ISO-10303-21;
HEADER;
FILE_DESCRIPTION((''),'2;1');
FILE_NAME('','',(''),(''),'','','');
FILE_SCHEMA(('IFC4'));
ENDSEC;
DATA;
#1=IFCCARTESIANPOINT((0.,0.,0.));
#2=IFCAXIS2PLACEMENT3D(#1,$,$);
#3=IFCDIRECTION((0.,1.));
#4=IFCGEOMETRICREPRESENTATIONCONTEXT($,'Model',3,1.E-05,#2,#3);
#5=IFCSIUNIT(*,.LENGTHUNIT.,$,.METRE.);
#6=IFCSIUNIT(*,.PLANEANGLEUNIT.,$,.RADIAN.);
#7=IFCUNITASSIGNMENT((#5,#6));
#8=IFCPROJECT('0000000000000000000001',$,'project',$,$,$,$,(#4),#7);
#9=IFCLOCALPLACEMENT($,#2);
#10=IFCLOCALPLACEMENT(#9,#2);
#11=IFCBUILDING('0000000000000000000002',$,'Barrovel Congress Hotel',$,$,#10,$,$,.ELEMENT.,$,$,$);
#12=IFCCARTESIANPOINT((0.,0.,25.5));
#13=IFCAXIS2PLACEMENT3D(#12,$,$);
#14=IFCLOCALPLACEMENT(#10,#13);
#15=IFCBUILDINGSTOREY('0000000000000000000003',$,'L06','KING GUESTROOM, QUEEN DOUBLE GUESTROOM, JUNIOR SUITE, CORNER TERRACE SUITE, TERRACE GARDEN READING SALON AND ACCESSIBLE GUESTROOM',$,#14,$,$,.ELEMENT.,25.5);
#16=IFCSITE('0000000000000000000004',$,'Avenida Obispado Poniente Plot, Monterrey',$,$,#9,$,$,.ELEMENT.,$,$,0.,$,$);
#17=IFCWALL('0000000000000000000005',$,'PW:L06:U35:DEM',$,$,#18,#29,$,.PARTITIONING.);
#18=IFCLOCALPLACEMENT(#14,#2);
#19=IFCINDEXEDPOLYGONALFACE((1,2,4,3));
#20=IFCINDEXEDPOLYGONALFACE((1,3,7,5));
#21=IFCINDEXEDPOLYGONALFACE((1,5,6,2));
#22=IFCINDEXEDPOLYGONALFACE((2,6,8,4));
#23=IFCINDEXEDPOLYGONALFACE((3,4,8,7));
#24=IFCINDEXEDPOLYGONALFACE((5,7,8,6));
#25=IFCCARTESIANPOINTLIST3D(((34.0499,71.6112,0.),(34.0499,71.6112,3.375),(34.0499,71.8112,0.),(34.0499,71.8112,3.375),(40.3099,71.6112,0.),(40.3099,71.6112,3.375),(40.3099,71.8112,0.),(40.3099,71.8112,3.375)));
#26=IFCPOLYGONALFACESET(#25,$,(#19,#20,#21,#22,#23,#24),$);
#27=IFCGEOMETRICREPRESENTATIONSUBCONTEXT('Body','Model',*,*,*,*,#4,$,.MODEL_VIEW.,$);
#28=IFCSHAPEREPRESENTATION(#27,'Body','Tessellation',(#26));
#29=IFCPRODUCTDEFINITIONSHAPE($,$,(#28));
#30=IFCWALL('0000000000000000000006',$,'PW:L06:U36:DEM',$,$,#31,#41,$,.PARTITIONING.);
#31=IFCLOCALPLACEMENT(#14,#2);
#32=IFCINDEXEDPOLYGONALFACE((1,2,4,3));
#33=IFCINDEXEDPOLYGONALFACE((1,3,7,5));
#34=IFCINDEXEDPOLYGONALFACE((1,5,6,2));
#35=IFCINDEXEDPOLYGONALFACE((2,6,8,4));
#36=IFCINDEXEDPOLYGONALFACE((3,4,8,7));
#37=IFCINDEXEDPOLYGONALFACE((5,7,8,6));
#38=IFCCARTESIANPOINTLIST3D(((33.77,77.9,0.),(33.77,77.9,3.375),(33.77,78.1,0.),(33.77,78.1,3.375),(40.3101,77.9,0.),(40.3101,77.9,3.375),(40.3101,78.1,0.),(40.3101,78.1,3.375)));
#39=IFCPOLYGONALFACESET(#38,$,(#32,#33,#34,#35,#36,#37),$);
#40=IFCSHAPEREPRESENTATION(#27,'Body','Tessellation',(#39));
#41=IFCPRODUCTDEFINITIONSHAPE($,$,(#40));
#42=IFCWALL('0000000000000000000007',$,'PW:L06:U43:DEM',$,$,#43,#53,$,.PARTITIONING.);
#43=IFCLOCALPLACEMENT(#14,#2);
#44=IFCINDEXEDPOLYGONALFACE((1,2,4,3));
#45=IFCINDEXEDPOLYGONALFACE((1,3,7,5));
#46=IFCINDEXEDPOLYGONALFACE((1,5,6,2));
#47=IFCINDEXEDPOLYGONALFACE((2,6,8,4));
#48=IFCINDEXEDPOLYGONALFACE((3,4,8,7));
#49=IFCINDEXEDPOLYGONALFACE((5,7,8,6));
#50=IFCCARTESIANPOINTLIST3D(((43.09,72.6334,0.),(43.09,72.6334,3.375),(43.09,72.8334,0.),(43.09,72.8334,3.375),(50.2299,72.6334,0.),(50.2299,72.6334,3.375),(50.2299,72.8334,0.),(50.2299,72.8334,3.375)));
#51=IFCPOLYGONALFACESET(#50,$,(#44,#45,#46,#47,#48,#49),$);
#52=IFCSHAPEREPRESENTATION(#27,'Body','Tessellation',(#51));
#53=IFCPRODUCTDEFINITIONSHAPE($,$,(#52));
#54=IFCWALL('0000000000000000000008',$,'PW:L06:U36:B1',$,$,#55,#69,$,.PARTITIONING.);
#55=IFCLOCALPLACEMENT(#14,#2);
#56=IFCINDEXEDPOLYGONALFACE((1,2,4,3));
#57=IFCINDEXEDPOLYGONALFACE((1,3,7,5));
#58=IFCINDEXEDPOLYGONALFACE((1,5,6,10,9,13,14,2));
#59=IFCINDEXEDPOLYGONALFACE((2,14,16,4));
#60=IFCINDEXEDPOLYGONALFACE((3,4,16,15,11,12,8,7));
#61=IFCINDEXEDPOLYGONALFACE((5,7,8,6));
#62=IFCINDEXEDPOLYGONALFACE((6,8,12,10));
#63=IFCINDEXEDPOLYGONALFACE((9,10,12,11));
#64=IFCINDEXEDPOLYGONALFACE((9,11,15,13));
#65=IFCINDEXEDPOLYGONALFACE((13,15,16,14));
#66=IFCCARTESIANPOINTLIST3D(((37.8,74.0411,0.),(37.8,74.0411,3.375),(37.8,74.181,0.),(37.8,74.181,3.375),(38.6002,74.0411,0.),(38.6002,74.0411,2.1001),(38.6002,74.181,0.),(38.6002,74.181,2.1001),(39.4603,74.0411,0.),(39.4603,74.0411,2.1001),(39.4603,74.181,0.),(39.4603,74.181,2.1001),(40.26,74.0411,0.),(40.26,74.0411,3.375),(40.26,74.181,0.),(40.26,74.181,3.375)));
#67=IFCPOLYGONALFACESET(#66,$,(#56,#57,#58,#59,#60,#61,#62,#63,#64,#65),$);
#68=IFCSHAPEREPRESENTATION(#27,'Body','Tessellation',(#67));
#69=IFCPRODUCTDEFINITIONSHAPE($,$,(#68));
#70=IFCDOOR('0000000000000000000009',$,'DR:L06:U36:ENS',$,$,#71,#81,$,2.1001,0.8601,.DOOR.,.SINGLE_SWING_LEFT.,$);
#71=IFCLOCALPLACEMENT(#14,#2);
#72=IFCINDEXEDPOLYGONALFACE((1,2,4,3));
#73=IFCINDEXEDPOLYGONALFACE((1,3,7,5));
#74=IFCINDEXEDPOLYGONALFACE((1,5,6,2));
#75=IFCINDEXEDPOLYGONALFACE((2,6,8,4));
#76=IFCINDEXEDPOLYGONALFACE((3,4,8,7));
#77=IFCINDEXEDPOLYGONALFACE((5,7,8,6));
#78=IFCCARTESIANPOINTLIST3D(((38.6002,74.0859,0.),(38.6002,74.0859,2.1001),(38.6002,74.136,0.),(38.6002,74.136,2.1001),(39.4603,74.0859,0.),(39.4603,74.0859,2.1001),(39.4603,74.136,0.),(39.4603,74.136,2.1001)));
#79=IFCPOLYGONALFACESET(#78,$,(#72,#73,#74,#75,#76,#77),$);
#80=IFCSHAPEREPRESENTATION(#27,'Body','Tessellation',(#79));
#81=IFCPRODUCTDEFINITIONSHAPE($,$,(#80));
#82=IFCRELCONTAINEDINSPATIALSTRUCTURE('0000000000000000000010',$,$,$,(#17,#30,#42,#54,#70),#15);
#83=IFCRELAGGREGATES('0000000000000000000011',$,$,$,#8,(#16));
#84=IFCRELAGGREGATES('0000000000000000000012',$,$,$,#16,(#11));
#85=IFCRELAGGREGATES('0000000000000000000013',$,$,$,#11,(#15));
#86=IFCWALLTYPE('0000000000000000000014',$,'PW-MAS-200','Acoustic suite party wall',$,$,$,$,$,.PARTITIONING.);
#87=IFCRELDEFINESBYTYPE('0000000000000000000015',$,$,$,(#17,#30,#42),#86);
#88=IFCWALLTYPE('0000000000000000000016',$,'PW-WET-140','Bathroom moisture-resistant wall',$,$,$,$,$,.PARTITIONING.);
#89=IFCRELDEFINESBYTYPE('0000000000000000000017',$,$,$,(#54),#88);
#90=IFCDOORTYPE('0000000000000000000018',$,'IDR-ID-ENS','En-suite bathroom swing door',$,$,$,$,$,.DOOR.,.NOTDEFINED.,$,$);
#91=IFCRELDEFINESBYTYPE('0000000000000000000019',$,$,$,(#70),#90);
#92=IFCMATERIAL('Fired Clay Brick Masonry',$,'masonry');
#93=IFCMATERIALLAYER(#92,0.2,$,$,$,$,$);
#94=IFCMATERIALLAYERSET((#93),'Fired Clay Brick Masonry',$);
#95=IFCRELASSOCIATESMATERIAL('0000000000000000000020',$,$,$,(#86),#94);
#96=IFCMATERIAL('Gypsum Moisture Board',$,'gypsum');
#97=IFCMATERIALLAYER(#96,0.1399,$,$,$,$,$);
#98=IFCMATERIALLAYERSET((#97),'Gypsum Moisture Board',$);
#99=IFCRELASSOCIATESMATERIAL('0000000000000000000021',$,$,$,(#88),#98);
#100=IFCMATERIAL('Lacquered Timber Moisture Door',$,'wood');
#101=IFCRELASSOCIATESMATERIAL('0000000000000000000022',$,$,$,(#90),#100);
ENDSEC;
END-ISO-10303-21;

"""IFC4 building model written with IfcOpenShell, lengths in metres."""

from ifc_helpers import new_model, si_unit, direction, frame, frame_2d, origin, place, context, subcontext, project, spatial, rectangle, extrude, material, layer, layer_set, type_object, element, fill, save


model = new_model("IFC4")

# Units and contexts
model_context = context("Model", 3, precision=1e-05, world=origin(), true_north=direction((0.0, 1.0)))
body_context = subcontext(model_context, "Body", "Model", "MODEL_VIEW")
ifc_project = project(units=[si_unit("LENGTHUNIT", "METRE"), si_unit("PLANEANGLEUNIT", "RADIAN")], contexts=[model_context])

# Site, building, storey
site_placement = place(None, origin())
site = spatial("IfcSite", under=ifc_project, at=site_placement, Name="Avenida Obispado Poniente Plot, Monterrey", CompositionType="ELEMENT", RefElevation=0.0)
building_placement = place(site_placement, origin())
building = spatial("IfcBuilding", under=site, at=building_placement, Name="Barrovel Congress Hotel", CompositionType="ELEMENT")
storey_placement = place(building_placement, frame((0.0, 0.0, 25.5)))
storey = spatial("IfcBuildingStorey", under=building, at=storey_placement, Name="L06", Description="KING GUESTROOM, QUEEN DOUBLE GUESTROOM, JUNIOR SUITE, CORNER TERRACE SUITE, TERRACE GARDEN READING SALON AND ACCESSIBLE GUESTROOM", CompositionType="ELEMENT", Elevation=25.5)

# Shared definitions
ifc_material_1 = material(Name="Fired Clay Brick Masonry", Category="masonry")

# Walls
ifc_layer_1 = layer(ifc_material_1, 0.2)
ifc_layer_set_1 = layer_set([ifc_layer_1], Name="Fired Clay Brick Masonry")
wall_type_1 = type_object("IfcWallType", Name="PW-MAS-200", Description="Acoustic suite party wall", PredefinedType="PARTITIONING", material=ifc_layer_set_1)
wall_1_placement = place(storey_placement, frame((34.05, 71.7112, 0.0), z_axis=(0.0, 0.0, 1.0), x_axis=(1.0, 0.0, 0.0)))
element("IfcWall", 1, at=wall_1_placement, inside=storey, type_object=wall_type_1, Name="PW:L06:U35:DEM", PredefinedType="PARTITIONING", context=body_context, shape_type="SweptSolid", body=[
    extrude(rectangle(XDim=6.26, YDim=0.2, at=frame_2d((3.1299, 0.0))), origin(), (0.0, 0.0, 1.0), 3.375),
])
wall_2_placement = place(storey_placement, frame((33.77, 78.0, 0.0), z_axis=(0.0, 0.0, 1.0), x_axis=(1.0, 0.0, 0.0)))
element("IfcWall", 2, at=wall_2_placement, inside=storey, type_object=wall_type_1, Name="PW:L06:U36:DEM", PredefinedType="PARTITIONING", context=body_context, shape_type="SweptSolid", body=[
    extrude(rectangle(XDim=6.54, YDim=0.2, at=frame_2d((3.27, 0.0))), origin(), (0.0, 0.0, 1.0), 3.375),
])
wall_3_placement = place(storey_placement, frame((43.0901, 72.7334, 0.0), z_axis=(0.0, 0.0, 1.0), x_axis=(1.0, 0.0, 0.0)))
element("IfcWall", 3, at=wall_3_placement, inside=storey, type_object=wall_type_1, Name="PW:L06:U43:DEM", PredefinedType="PARTITIONING", context=body_context, shape_type="SweptSolid", body=[
    extrude(rectangle(XDim=7.1399, YDim=0.2, at=frame_2d((3.5698, 0.0))), origin(), (0.0, 0.0, 1.0), 3.375),
])

# Wall, opening, door
ifc_material_2 = material(Name="Gypsum Moisture Board", Category="gypsum")
ifc_layer_2 = layer(ifc_material_2, 0.1399)
ifc_layer_set_2 = layer_set([ifc_layer_2], Name="Gypsum Moisture Board")
wall_type_2 = type_object("IfcWallType", Name="PW-WET-140", Description="Bathroom moisture-resistant wall", PredefinedType="PARTITIONING", material=ifc_layer_set_2)
wall_4_placement = place(storey_placement, frame((37.8, 74.1111, 0.0), z_axis=(0.0, 0.0, 1.0), x_axis=(1.0, 0.0, 0.0)))
wall_4 = element("IfcWall", 4, at=wall_4_placement, inside=storey, type_object=wall_type_2, Name="PW:L06:U36:B1", PredefinedType="PARTITIONING", context=body_context, shape_type="SweptSolid", body=[
    extrude(rectangle(XDim=2.46, YDim=0.1399, at=frame_2d((1.23, 0.0))), origin(), (0.0, 0.0, 1.0), 3.375),
])
opening_1_placement = place(wall_4_placement, frame((0.8, 0.0, 0.0)))
opening_1 = element("IfcOpeningElement", 5, at=opening_1_placement, cuts=wall_4, PredefinedType="OPENING", context=body_context, shape_type="SweptSolid", body=[
    extrude(rectangle(XDim=0.8601, YDim=2.1001, at=frame_2d((0.4302, 1.05))), frame((0.0, 0.0801, 0.0), z_axis=(0.0, -1.0, 0.0), x_axis=(1.0, 0.0, 0.0)), (0.0, 0.0, 1.0), 0.1599),
])
ifc_material_3 = material(Name="Lacquered Timber Moisture Door", Category="wood")
door_type_1 = type_object("IfcDoorType", Name="IDR-ID-ENS", Description="En-suite bathroom swing door", OperationType="NOTDEFINED", PredefinedType="DOOR", material=ifc_material_3)
door_1_placement = place(opening_1_placement, origin())
door_1 = element("IfcDoor", 6, at=door_1_placement, inside=storey, type_object=door_type_1, Name="DR:L06:U36:ENS", OperationType="SINGLE_SWING_LEFT", OverallHeight=2.1001, OverallWidth=0.8601, PredefinedType="DOOR", context=body_context, shape_type="SweptSolid", body=[
    extrude(rectangle(XDim=0.8601, YDim=2.1001, at=frame_2d((0.4302, 1.05))), frame((0.0, 0.0249, 0.0), z_axis=(0.0, -1.0, 0.0), x_axis=(1.0, 0.0, 0.0)), (0.0, 0.0, 1.0), 0.05),
])
fill(opening_1, door_1)

save(model, "model.ifc")
